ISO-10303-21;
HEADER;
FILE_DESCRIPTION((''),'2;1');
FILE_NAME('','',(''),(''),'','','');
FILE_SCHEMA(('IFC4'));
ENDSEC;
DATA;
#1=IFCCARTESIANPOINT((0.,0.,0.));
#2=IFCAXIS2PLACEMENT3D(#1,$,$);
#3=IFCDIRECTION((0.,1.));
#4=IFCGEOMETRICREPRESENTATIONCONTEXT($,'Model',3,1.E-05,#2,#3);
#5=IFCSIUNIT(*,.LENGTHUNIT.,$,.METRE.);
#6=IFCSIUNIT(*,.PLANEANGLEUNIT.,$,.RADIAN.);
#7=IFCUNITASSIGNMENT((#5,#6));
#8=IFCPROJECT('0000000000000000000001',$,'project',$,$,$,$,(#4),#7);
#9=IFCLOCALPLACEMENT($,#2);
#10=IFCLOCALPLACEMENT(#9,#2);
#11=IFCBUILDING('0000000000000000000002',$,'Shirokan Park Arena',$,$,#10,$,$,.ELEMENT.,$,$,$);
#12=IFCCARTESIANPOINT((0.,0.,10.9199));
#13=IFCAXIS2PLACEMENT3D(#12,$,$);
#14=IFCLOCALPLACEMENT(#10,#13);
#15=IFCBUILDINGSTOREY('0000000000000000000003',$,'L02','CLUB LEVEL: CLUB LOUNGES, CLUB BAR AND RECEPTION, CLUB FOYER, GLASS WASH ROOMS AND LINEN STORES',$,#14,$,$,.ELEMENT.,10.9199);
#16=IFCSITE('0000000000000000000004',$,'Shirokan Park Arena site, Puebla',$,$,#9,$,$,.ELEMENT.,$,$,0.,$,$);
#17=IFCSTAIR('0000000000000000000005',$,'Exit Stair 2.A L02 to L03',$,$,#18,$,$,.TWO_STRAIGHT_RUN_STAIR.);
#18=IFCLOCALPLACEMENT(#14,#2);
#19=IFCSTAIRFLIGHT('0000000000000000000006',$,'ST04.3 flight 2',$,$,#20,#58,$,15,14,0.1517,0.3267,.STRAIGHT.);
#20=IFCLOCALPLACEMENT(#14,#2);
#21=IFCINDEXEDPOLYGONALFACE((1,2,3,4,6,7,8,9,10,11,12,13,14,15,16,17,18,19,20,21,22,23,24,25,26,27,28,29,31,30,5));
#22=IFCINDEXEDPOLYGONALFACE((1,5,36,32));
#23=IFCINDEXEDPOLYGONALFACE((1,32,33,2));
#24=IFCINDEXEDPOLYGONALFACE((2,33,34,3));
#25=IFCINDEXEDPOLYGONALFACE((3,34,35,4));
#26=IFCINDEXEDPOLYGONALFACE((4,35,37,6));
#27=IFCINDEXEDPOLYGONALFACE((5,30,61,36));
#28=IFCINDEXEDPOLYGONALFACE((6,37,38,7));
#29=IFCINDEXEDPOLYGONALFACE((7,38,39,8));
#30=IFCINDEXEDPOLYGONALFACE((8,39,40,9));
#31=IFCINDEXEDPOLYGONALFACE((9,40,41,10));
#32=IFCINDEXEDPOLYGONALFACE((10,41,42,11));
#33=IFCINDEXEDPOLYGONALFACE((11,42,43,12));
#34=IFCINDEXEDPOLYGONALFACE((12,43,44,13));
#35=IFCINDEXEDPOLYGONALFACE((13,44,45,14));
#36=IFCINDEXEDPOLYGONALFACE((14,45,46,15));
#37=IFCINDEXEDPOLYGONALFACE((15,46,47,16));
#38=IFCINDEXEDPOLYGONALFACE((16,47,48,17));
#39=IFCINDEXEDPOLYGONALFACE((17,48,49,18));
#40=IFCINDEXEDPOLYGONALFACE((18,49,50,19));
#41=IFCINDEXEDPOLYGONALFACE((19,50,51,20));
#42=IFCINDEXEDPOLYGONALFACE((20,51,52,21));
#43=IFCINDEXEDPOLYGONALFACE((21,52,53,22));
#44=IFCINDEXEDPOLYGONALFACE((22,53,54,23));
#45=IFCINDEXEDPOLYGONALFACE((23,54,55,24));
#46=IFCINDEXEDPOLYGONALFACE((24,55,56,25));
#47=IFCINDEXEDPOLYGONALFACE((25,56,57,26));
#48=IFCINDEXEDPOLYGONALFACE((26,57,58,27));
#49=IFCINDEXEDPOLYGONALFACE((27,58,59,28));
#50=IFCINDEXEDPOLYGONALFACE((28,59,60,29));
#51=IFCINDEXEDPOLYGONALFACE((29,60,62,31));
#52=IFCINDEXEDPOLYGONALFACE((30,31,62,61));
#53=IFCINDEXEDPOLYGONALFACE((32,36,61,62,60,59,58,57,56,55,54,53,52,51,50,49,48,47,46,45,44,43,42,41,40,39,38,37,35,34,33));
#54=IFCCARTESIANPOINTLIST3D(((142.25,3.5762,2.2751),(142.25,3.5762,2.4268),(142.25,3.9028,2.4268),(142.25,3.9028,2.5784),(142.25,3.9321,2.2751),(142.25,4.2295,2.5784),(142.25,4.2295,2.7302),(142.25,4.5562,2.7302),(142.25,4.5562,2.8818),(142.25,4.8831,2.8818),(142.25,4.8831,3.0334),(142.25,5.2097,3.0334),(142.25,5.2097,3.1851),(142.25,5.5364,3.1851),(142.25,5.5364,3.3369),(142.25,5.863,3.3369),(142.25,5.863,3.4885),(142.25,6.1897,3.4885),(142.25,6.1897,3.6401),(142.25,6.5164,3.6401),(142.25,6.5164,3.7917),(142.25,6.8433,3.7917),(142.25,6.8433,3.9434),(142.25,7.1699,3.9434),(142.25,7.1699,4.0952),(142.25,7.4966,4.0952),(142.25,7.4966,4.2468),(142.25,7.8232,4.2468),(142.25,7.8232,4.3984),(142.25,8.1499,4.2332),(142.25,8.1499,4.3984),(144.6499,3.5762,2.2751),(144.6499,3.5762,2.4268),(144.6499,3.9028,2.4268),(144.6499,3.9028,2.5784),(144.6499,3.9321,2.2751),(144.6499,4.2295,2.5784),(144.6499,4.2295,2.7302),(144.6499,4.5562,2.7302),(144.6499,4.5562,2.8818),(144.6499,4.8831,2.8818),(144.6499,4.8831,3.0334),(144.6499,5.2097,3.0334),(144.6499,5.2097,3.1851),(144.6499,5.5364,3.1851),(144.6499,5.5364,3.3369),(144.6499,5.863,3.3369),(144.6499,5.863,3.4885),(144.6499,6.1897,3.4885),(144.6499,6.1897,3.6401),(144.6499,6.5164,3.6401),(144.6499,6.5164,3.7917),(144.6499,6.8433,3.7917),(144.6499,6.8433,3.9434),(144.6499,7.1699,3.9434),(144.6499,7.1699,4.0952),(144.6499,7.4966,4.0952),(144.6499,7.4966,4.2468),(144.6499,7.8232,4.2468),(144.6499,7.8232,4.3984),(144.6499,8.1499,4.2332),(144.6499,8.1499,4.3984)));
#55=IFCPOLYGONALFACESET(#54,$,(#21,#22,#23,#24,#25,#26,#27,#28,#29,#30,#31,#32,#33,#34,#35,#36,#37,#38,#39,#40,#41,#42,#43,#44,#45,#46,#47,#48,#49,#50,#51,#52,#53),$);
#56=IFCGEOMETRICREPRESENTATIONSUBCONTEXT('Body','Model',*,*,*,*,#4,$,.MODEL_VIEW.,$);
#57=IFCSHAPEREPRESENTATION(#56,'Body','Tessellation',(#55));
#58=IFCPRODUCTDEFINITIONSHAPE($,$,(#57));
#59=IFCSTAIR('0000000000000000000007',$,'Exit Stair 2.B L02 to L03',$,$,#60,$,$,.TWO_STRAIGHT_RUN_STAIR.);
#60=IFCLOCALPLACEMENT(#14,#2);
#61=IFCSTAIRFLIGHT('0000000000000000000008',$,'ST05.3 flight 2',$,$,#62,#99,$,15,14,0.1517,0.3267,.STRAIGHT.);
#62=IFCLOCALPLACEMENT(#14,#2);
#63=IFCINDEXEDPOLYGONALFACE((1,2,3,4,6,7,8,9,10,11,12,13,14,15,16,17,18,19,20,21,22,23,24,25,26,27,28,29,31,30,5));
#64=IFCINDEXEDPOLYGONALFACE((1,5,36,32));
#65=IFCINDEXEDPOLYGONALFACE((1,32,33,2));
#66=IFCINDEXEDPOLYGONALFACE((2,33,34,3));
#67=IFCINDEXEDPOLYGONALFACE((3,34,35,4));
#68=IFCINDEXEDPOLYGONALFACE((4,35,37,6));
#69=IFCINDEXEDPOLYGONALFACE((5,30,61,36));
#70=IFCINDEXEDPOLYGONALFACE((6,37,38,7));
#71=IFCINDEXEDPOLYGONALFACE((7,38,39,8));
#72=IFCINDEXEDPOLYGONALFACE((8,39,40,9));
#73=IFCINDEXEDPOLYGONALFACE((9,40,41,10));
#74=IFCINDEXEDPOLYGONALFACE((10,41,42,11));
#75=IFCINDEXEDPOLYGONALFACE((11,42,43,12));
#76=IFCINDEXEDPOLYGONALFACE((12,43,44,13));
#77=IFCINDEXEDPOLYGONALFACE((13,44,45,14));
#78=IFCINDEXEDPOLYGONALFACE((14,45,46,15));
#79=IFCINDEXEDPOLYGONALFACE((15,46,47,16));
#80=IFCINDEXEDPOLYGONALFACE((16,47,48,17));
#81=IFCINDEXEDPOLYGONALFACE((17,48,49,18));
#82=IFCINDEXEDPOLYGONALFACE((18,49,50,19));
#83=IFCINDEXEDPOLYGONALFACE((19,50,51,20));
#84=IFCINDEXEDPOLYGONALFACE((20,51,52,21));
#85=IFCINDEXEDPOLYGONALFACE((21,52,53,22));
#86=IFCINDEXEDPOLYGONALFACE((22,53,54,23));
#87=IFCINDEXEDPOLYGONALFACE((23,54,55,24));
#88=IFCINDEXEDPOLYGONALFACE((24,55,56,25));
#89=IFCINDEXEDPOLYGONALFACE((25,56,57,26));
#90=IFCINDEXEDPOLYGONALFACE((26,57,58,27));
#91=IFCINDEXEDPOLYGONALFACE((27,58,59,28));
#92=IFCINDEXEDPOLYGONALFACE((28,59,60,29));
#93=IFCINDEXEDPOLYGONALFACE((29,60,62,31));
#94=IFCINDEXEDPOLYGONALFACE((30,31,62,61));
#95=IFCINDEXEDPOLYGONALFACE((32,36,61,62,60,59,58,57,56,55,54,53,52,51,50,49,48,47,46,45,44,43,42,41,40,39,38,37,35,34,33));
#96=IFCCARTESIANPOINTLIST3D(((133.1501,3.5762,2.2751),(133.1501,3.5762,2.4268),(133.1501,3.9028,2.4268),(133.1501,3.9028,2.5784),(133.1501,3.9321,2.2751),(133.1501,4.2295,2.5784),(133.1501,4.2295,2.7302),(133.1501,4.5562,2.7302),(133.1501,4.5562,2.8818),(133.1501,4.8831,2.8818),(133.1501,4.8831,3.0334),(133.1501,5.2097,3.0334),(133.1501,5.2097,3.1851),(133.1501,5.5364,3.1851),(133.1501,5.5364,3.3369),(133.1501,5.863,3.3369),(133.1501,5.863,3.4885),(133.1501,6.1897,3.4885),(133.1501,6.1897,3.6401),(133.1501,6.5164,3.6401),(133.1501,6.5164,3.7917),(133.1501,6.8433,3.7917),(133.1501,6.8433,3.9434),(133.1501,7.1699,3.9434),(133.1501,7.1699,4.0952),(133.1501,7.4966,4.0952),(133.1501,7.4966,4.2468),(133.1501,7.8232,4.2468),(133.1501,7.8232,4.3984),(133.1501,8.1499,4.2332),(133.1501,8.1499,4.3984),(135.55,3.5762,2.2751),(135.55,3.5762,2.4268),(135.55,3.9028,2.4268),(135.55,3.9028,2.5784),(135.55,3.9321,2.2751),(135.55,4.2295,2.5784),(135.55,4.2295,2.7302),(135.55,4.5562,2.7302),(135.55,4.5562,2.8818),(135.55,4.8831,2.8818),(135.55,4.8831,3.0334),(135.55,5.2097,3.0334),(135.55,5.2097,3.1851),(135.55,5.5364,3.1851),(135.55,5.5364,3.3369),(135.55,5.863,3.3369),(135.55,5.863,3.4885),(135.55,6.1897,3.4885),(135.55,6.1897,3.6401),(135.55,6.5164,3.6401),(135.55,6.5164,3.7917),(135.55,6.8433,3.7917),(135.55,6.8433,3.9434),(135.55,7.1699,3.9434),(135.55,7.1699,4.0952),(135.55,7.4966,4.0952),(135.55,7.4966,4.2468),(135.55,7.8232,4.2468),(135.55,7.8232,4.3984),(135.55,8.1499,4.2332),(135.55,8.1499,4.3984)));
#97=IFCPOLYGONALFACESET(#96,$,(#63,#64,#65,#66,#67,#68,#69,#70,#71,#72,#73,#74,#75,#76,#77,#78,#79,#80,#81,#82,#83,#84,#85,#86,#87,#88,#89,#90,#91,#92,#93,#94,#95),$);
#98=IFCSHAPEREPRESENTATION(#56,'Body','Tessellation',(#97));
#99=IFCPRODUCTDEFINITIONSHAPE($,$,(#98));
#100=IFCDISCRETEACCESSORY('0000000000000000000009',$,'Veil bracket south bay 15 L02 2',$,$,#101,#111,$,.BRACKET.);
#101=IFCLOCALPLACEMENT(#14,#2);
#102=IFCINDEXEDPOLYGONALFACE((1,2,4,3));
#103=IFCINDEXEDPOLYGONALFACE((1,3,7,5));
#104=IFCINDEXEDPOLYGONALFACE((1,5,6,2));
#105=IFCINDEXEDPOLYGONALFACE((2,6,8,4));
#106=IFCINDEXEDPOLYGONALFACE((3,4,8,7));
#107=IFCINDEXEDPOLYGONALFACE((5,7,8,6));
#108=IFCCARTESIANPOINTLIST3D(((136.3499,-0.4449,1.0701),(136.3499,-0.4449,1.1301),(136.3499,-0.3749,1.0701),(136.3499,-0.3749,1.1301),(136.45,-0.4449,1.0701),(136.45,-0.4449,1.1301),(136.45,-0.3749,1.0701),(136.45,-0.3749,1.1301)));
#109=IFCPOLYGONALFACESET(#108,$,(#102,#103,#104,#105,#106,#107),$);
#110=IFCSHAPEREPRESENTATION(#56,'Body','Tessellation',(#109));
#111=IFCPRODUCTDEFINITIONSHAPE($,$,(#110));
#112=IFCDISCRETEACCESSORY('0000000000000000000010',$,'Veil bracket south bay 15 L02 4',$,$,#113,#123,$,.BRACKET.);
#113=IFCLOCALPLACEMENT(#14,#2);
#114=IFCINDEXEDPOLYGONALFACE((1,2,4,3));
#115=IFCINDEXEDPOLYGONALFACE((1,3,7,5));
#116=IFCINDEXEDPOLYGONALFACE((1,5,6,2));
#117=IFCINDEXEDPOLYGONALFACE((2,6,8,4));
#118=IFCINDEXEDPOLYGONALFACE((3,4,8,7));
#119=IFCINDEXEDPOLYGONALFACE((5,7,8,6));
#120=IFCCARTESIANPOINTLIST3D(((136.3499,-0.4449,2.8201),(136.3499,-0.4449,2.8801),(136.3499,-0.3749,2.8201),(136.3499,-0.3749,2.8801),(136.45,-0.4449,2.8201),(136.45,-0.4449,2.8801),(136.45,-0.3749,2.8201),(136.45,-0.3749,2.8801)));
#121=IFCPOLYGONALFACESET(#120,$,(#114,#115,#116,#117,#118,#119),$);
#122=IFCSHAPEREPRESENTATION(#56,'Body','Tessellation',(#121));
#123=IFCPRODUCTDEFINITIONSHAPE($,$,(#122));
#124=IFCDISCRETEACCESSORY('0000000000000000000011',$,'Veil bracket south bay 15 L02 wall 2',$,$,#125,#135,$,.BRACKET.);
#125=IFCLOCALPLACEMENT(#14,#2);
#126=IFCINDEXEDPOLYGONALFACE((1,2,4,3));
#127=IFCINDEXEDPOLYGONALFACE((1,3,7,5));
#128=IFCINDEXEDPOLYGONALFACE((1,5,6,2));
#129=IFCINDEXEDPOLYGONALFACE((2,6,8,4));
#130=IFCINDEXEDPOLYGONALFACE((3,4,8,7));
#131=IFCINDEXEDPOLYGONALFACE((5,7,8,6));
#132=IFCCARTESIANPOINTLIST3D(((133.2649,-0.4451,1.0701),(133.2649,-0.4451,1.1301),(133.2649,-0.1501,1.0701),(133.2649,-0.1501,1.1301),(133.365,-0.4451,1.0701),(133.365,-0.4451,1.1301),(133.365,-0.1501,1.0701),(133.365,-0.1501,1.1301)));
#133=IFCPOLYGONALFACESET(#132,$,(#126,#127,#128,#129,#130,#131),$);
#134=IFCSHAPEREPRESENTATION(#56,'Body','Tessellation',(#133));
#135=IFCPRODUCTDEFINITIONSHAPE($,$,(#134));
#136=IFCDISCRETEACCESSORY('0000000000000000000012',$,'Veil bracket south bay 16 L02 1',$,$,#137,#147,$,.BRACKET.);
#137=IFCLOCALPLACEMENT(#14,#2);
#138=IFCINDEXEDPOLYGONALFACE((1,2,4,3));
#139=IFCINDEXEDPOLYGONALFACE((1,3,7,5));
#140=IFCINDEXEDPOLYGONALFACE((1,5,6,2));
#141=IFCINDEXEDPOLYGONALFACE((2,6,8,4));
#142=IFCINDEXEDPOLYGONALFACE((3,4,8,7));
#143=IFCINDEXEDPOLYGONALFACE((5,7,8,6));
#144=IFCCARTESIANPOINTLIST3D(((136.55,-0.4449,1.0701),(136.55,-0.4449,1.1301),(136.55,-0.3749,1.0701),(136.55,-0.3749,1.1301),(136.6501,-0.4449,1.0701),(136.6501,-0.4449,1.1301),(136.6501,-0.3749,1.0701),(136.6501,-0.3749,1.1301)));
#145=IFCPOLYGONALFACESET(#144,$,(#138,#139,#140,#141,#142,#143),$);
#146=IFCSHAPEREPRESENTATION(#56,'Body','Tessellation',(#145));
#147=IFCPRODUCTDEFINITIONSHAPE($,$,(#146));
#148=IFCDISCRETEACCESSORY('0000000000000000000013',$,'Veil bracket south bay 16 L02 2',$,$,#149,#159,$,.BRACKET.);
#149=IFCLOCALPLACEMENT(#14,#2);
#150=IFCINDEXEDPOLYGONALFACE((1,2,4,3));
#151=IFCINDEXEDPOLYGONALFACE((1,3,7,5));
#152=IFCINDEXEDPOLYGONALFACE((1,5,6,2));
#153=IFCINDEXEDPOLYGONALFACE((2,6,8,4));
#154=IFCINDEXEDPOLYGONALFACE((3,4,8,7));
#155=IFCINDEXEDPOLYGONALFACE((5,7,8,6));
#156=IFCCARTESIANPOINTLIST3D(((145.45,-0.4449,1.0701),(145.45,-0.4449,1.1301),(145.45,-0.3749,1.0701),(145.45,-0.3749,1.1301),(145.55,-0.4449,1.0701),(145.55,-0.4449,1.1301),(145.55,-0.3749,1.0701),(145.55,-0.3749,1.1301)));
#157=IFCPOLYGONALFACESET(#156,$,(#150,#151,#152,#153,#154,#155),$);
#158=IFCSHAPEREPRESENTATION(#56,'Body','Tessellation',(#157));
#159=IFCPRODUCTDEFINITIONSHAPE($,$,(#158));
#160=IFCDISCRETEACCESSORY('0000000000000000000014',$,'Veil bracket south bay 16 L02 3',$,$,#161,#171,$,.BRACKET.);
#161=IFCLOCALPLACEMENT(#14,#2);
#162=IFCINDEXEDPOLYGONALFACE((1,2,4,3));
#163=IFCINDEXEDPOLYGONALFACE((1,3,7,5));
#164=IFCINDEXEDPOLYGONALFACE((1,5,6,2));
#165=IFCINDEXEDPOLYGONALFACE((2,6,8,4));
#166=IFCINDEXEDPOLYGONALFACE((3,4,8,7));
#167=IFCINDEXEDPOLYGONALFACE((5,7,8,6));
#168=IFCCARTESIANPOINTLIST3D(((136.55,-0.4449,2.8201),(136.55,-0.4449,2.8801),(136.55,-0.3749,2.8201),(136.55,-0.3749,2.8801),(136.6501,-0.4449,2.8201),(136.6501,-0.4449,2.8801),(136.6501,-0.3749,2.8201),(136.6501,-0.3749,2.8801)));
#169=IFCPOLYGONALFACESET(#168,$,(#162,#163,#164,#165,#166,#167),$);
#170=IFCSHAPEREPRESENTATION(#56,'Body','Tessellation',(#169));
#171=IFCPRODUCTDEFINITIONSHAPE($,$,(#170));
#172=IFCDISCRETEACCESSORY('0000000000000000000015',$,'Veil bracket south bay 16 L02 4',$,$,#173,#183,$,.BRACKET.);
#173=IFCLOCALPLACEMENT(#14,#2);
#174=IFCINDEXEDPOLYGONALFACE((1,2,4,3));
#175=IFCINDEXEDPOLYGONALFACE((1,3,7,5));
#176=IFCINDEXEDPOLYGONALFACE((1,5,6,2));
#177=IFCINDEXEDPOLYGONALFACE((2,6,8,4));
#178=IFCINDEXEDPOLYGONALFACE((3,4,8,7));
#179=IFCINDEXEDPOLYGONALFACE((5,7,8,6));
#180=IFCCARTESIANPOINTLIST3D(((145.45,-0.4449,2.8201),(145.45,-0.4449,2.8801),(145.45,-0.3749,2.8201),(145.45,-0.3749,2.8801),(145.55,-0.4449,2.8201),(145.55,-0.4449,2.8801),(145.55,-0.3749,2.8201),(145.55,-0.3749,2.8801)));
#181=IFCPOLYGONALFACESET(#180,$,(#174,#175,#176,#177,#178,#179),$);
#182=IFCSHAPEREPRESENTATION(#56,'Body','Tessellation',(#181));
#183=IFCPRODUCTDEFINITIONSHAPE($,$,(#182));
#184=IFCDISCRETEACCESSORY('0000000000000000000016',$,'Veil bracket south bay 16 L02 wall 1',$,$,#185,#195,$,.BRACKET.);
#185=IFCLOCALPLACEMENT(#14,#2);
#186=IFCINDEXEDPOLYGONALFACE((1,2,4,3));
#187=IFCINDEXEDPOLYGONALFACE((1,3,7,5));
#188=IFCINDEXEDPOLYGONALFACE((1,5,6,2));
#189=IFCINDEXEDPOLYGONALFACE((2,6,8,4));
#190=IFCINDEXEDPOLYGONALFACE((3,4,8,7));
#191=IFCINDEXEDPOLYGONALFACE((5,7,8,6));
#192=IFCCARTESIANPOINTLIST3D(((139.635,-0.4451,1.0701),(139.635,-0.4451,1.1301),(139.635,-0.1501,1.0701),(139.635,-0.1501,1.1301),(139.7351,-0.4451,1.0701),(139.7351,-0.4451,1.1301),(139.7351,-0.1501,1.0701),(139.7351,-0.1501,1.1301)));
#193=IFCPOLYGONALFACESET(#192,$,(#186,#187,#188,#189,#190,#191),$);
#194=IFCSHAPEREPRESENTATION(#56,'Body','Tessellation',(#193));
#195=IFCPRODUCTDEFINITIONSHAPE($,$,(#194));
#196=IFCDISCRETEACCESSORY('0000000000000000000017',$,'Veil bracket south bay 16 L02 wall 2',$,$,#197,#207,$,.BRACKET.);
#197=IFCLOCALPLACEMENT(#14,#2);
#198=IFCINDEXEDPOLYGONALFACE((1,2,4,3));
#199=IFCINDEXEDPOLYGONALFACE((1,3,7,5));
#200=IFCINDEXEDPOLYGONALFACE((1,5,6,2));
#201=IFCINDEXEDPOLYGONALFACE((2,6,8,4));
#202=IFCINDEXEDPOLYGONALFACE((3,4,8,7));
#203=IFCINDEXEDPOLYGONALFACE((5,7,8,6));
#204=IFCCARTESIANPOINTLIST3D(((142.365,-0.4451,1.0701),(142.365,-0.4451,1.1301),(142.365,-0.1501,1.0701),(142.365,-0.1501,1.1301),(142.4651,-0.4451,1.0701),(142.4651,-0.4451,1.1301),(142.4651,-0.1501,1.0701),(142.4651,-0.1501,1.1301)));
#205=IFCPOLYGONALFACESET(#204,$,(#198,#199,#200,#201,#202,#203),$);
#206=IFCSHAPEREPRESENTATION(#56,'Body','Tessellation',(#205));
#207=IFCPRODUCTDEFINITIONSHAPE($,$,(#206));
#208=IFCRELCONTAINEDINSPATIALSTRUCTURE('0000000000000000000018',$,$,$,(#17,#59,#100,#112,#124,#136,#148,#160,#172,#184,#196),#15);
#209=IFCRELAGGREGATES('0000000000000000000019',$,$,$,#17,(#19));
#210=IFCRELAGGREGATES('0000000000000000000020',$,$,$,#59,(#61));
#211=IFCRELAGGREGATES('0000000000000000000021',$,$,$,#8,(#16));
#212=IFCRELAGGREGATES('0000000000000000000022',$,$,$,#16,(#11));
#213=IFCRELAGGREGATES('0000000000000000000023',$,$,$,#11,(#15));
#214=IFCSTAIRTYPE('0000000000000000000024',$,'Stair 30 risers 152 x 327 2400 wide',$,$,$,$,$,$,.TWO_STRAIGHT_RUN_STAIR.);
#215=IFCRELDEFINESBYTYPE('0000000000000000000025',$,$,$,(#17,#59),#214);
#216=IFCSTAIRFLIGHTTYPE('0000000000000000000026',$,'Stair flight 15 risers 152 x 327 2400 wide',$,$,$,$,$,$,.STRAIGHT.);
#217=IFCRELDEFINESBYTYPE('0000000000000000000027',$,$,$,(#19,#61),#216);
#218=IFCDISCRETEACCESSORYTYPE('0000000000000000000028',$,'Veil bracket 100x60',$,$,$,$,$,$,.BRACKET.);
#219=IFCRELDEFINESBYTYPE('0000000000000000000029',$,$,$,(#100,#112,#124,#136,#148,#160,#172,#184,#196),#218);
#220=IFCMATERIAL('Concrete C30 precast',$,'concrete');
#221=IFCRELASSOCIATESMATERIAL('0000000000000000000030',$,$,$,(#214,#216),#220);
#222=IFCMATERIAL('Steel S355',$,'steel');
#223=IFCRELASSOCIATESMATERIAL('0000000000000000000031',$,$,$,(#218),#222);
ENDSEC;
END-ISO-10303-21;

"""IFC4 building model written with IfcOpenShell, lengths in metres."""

from ifc_helpers import new_model, si_unit, direction, frame, origin, origin_2d, place, context, subcontext, project, spatial, polyline, rectangle, outline, extrude, material, type_object, element, aggregate, save


model = new_model("IFC4")

# Units and contexts
model_context = context("Model", 3, precision=1e-05, world=origin(), true_north=direction((0.0, 1.0)))
body_context = subcontext(model_context, "Body", "Model", "MODEL_VIEW")
ifc_project = project(units=[si_unit("LENGTHUNIT", "METRE"), si_unit("PLANEANGLEUNIT", "RADIAN")], contexts=[model_context])

# Site, building, storey
site_placement = place(None, origin())
site = spatial("IfcSite", under=ifc_project, at=site_placement, Name="Shirokan Park Arena site, Puebla", CompositionType="ELEMENT", RefElevation=0.0)
building_placement = place(site_placement, origin())
building = spatial("IfcBuilding", under=site, at=building_placement, Name="Shirokan Park Arena", CompositionType="ELEMENT")
storey_placement = place(building_placement, frame((0.0, 0.0, 10.9199)))
storey = spatial("IfcBuildingStorey", under=building, at=storey_placement, Name="L02", Description="CLUB LEVEL: CLUB LOUNGES, CLUB BAR AND RECEPTION, CLUB FOYER, GLASS WASH ROOMS AND LINEN STORES", CompositionType="ELEMENT", Elevation=10.9199)

# Stairs, stair flights
ifc_material_1 = material(Name="Concrete C30 precast", Category="concrete")
stair_type = type_object("IfcStairType", Name="Stair 30 risers 152 x 327 2400 wide", PredefinedType="TWO_STRAIGHT_RUN_STAIR", material=ifc_material_1)
stair_1_placement = place(storey_placement, origin())
stair_1 = element("IfcStair", 1, at=stair_1_placement, inside=storey, type_object=stair_type, Name="Exit Stair 2.A L02 to L03", PredefinedType="TWO_STRAIGHT_RUN_STAIR")
stair_flight_type = type_object("IfcStairFlightType", Name="Stair flight 15 risers 152 x 327 2400 wide", PredefinedType="STRAIGHT", material=ifc_material_1)
stair_flight_1_placement = place(storey_placement, frame((143.45, 3.5762, 2.2751), z_axis=(0.0, 0.0, 1.0), x_axis=(0.0, 1.0, 0.0)))
stair_flight_1 = element("IfcStairFlight", 2, at=stair_flight_1_placement, type_object=stair_flight_type, Name="ST04.3 flight 2", NumberOfRisers=15, NumberOfTreads=14, PredefinedType="STRAIGHT", RiserHeight=0.1517, TreadLength=0.3267, context=body_context, shape_type="SweptSolid", body=[
    extrude(outline(polyline([(0.0, 0.0), (0.0, 0.1516), (0.3267, 0.1516), (0.3267, 0.3032), (0.6533, 0.3032), (0.6533, 0.4551), (0.98, 0.4551), (0.98, 0.6067), (1.3069, 0.6067), (1.3069, 0.7583), (1.6335, 0.7583), (1.6335, 0.9099), (1.9602, 0.9099), (1.9602, 1.0618), (2.2869, 1.0618), (2.2869, 1.2134), (2.6135, 1.2134), (2.6135, 1.365), (2.9402, 1.365), (2.9402, 1.5166), (3.2671, 1.5166), (3.2671, 1.6682), (3.5938, 1.6682), (3.5938, 1.8201), (3.9204, 1.8201), (3.9204, 1.9717), (4.2471, 1.9717), (4.2471, 2.1233), (4.5737, 2.1233), (4.5737, 2.2749), (4.5737, 1.958), (0.356, 0.0), (0.0, 0.0)])), frame((0.0, 1.2, 0.0), z_axis=(0.0, -1.0, 0.0), x_axis=(1.0, 0.0, 0.0)), (0.0, 0.0, 1.0), 2.3999),
])
aggregate(stair_1, [stair_flight_1])
stair_2_placement = place(storey_placement, origin())
stair_2 = element("IfcStair", 3, at=stair_2_placement, inside=storey, type_object=stair_type, Name="Exit Stair 2.B L02 to L03", PredefinedType="TWO_STRAIGHT_RUN_STAIR")
stair_flight_2_placement = place(storey_placement, frame((134.3501, 3.5762, 2.2751), z_axis=(0.0, 0.0, 1.0), x_axis=(0.0, 1.0, 0.0)))
stair_flight_2 = element("IfcStairFlight", 4, at=stair_flight_2_placement, type_object=stair_flight_type, Name="ST05.3 flight 2", NumberOfRisers=15, NumberOfTreads=14, PredefinedType="STRAIGHT", RiserHeight=0.1517, TreadLength=0.3267, context=body_context, shape_type="SweptSolid", body=[
    extrude(outline(polyline([(0.0, 0.0), (0.0, 0.1516), (0.3267, 0.1516), (0.3267, 0.3032), (0.6533, 0.3032), (0.6533, 0.4551), (0.98, 0.4551), (0.98, 0.6067), (1.3069, 0.6067), (1.3069, 0.7583), (1.6335, 0.7583), (1.6335, 0.9099), (1.9602, 0.9099), (1.9602, 1.0618), (2.2869, 1.0618), (2.2869, 1.2134), (2.6135, 1.2134), (2.6135, 1.365), (2.9402, 1.365), (2.9402, 1.5166), (3.2671, 1.5166), (3.2671, 1.6682), (3.5938, 1.6682), (3.5938, 1.8201), (3.9204, 1.8201), (3.9204, 1.9717), (4.2471, 1.9717), (4.2471, 2.1233), (4.5737, 2.1233), (4.5737, 2.2749), (4.5737, 1.958), (0.356, 0.0), (0.0, 0.0)])), frame((0.0, 1.2, 0.0), z_axis=(0.0, -1.0, 0.0), x_axis=(1.0, 0.0, 0.0)), (0.0, 0.0, 1.0), 2.3999),
])
aggregate(stair_2, [stair_flight_2])

# Discrete accessories
ifc_material_2 = material(Name="Steel S355", Category="steel")
discrete_accessory_type = type_object("IfcDiscreteAccessoryType", Name="Veil bracket 100x60", PredefinedType="BRACKET", material=ifc_material_2)
for number, where, z_axis, x_axis, name in (
    (5, (136.3999, -0.4099, 1.0701), (0.0, 0.0, 1.0), (1.0, 0.0, 0.0), "Veil bracket south bay 15 L02 2"),
    (6, (136.3999, -0.4099, 2.8201), (0.0, 0.0, 1.0), (1.0, 0.0, 0.0), "Veil bracket south bay 15 L02 4"),
):
    element("IfcDiscreteAccessory", number, at=place(storey_placement, frame(where, z_axis=z_axis, x_axis=x_axis)), inside=storey, type_object=discrete_accessory_type, Name=name, PredefinedType="BRACKET", context=body_context, shape_type="SweptSolid", body=[
        extrude(rectangle(XDim=0.1001, YDim=0.0701, at=origin_2d()), origin(), (0.0, 0.0, 1.0), 0.0601),
    ])
discrete_accessory_placement = place(storey_placement, frame((133.3149, -0.2976, 1.0701), z_axis=(0.0, 0.0, 1.0), x_axis=(1.0, 0.0, 0.0)))
element("IfcDiscreteAccessory", 7, at=discrete_accessory_placement, inside=storey, type_object=discrete_accessory_type, Name="Veil bracket south bay 15 L02 wall 2", PredefinedType="BRACKET", context=body_context, shape_type="SweptSolid", body=[
    extrude(rectangle(XDim=0.1001, YDim=0.2949, at=origin_2d()), origin(), (0.0, 0.0, 1.0), 0.0601),
])
for number, where, z_axis, x_axis, name in (
    (8, (136.6001, -0.4099, 1.0701), (0.0, 0.0, 1.0), (1.0, 0.0, 0.0), "Veil bracket south bay 16 L02 1"),
    (9, (145.5, -0.4099, 1.0701), (0.0, 0.0, 1.0), (1.0, 0.0, 0.0), "Veil bracket south bay 16 L02 2"),
    (10, (136.6001, -0.4099, 2.8201), (0.0, 0.0, 1.0), (1.0, 0.0, 0.0), "Veil bracket south bay 16 L02 3"),
    (11, (145.5, -0.4099, 2.8201), (0.0, 0.0, 1.0), (1.0, 0.0, 0.0), "Veil bracket south bay 16 L02 4"),
):
    element("IfcDiscreteAccessory", number, at=place(storey_placement, frame(where, z_axis=z_axis, x_axis=x_axis)), inside=storey, type_object=discrete_accessory_type, Name=name, PredefinedType="BRACKET", context=body_context, shape_type="SweptSolid", body=[
        extrude(rectangle(XDim=0.1001, YDim=0.0701, at=origin_2d()), origin(), (0.0, 0.0, 1.0), 0.0601),
    ])
for number, where, z_axis, x_axis, name in (
    (12, (139.6851, -0.2976, 1.0701), (0.0, 0.0, 1.0), (1.0, 0.0, 0.0), "Veil bracket south bay 16 L02 wall 1"),
    (13, (142.415, -0.2976, 1.0701), (0.0, 0.0, 1.0), (1.0, 0.0, 0.0), "Veil bracket south bay 16 L02 wall 2"),
):
    element("IfcDiscreteAccessory", number, at=place(storey_placement, frame(where, z_axis=z_axis, x_axis=x_axis)), inside=storey, type_object=discrete_accessory_type, Name=name, PredefinedType="BRACKET", context=body_context, shape_type="SweptSolid", body=[
        extrude(rectangle(XDim=0.1001, YDim=0.2949, at=origin_2d()), origin(), (0.0, 0.0, 1.0), 0.0601),
    ])

save(model, "model.ifc")
